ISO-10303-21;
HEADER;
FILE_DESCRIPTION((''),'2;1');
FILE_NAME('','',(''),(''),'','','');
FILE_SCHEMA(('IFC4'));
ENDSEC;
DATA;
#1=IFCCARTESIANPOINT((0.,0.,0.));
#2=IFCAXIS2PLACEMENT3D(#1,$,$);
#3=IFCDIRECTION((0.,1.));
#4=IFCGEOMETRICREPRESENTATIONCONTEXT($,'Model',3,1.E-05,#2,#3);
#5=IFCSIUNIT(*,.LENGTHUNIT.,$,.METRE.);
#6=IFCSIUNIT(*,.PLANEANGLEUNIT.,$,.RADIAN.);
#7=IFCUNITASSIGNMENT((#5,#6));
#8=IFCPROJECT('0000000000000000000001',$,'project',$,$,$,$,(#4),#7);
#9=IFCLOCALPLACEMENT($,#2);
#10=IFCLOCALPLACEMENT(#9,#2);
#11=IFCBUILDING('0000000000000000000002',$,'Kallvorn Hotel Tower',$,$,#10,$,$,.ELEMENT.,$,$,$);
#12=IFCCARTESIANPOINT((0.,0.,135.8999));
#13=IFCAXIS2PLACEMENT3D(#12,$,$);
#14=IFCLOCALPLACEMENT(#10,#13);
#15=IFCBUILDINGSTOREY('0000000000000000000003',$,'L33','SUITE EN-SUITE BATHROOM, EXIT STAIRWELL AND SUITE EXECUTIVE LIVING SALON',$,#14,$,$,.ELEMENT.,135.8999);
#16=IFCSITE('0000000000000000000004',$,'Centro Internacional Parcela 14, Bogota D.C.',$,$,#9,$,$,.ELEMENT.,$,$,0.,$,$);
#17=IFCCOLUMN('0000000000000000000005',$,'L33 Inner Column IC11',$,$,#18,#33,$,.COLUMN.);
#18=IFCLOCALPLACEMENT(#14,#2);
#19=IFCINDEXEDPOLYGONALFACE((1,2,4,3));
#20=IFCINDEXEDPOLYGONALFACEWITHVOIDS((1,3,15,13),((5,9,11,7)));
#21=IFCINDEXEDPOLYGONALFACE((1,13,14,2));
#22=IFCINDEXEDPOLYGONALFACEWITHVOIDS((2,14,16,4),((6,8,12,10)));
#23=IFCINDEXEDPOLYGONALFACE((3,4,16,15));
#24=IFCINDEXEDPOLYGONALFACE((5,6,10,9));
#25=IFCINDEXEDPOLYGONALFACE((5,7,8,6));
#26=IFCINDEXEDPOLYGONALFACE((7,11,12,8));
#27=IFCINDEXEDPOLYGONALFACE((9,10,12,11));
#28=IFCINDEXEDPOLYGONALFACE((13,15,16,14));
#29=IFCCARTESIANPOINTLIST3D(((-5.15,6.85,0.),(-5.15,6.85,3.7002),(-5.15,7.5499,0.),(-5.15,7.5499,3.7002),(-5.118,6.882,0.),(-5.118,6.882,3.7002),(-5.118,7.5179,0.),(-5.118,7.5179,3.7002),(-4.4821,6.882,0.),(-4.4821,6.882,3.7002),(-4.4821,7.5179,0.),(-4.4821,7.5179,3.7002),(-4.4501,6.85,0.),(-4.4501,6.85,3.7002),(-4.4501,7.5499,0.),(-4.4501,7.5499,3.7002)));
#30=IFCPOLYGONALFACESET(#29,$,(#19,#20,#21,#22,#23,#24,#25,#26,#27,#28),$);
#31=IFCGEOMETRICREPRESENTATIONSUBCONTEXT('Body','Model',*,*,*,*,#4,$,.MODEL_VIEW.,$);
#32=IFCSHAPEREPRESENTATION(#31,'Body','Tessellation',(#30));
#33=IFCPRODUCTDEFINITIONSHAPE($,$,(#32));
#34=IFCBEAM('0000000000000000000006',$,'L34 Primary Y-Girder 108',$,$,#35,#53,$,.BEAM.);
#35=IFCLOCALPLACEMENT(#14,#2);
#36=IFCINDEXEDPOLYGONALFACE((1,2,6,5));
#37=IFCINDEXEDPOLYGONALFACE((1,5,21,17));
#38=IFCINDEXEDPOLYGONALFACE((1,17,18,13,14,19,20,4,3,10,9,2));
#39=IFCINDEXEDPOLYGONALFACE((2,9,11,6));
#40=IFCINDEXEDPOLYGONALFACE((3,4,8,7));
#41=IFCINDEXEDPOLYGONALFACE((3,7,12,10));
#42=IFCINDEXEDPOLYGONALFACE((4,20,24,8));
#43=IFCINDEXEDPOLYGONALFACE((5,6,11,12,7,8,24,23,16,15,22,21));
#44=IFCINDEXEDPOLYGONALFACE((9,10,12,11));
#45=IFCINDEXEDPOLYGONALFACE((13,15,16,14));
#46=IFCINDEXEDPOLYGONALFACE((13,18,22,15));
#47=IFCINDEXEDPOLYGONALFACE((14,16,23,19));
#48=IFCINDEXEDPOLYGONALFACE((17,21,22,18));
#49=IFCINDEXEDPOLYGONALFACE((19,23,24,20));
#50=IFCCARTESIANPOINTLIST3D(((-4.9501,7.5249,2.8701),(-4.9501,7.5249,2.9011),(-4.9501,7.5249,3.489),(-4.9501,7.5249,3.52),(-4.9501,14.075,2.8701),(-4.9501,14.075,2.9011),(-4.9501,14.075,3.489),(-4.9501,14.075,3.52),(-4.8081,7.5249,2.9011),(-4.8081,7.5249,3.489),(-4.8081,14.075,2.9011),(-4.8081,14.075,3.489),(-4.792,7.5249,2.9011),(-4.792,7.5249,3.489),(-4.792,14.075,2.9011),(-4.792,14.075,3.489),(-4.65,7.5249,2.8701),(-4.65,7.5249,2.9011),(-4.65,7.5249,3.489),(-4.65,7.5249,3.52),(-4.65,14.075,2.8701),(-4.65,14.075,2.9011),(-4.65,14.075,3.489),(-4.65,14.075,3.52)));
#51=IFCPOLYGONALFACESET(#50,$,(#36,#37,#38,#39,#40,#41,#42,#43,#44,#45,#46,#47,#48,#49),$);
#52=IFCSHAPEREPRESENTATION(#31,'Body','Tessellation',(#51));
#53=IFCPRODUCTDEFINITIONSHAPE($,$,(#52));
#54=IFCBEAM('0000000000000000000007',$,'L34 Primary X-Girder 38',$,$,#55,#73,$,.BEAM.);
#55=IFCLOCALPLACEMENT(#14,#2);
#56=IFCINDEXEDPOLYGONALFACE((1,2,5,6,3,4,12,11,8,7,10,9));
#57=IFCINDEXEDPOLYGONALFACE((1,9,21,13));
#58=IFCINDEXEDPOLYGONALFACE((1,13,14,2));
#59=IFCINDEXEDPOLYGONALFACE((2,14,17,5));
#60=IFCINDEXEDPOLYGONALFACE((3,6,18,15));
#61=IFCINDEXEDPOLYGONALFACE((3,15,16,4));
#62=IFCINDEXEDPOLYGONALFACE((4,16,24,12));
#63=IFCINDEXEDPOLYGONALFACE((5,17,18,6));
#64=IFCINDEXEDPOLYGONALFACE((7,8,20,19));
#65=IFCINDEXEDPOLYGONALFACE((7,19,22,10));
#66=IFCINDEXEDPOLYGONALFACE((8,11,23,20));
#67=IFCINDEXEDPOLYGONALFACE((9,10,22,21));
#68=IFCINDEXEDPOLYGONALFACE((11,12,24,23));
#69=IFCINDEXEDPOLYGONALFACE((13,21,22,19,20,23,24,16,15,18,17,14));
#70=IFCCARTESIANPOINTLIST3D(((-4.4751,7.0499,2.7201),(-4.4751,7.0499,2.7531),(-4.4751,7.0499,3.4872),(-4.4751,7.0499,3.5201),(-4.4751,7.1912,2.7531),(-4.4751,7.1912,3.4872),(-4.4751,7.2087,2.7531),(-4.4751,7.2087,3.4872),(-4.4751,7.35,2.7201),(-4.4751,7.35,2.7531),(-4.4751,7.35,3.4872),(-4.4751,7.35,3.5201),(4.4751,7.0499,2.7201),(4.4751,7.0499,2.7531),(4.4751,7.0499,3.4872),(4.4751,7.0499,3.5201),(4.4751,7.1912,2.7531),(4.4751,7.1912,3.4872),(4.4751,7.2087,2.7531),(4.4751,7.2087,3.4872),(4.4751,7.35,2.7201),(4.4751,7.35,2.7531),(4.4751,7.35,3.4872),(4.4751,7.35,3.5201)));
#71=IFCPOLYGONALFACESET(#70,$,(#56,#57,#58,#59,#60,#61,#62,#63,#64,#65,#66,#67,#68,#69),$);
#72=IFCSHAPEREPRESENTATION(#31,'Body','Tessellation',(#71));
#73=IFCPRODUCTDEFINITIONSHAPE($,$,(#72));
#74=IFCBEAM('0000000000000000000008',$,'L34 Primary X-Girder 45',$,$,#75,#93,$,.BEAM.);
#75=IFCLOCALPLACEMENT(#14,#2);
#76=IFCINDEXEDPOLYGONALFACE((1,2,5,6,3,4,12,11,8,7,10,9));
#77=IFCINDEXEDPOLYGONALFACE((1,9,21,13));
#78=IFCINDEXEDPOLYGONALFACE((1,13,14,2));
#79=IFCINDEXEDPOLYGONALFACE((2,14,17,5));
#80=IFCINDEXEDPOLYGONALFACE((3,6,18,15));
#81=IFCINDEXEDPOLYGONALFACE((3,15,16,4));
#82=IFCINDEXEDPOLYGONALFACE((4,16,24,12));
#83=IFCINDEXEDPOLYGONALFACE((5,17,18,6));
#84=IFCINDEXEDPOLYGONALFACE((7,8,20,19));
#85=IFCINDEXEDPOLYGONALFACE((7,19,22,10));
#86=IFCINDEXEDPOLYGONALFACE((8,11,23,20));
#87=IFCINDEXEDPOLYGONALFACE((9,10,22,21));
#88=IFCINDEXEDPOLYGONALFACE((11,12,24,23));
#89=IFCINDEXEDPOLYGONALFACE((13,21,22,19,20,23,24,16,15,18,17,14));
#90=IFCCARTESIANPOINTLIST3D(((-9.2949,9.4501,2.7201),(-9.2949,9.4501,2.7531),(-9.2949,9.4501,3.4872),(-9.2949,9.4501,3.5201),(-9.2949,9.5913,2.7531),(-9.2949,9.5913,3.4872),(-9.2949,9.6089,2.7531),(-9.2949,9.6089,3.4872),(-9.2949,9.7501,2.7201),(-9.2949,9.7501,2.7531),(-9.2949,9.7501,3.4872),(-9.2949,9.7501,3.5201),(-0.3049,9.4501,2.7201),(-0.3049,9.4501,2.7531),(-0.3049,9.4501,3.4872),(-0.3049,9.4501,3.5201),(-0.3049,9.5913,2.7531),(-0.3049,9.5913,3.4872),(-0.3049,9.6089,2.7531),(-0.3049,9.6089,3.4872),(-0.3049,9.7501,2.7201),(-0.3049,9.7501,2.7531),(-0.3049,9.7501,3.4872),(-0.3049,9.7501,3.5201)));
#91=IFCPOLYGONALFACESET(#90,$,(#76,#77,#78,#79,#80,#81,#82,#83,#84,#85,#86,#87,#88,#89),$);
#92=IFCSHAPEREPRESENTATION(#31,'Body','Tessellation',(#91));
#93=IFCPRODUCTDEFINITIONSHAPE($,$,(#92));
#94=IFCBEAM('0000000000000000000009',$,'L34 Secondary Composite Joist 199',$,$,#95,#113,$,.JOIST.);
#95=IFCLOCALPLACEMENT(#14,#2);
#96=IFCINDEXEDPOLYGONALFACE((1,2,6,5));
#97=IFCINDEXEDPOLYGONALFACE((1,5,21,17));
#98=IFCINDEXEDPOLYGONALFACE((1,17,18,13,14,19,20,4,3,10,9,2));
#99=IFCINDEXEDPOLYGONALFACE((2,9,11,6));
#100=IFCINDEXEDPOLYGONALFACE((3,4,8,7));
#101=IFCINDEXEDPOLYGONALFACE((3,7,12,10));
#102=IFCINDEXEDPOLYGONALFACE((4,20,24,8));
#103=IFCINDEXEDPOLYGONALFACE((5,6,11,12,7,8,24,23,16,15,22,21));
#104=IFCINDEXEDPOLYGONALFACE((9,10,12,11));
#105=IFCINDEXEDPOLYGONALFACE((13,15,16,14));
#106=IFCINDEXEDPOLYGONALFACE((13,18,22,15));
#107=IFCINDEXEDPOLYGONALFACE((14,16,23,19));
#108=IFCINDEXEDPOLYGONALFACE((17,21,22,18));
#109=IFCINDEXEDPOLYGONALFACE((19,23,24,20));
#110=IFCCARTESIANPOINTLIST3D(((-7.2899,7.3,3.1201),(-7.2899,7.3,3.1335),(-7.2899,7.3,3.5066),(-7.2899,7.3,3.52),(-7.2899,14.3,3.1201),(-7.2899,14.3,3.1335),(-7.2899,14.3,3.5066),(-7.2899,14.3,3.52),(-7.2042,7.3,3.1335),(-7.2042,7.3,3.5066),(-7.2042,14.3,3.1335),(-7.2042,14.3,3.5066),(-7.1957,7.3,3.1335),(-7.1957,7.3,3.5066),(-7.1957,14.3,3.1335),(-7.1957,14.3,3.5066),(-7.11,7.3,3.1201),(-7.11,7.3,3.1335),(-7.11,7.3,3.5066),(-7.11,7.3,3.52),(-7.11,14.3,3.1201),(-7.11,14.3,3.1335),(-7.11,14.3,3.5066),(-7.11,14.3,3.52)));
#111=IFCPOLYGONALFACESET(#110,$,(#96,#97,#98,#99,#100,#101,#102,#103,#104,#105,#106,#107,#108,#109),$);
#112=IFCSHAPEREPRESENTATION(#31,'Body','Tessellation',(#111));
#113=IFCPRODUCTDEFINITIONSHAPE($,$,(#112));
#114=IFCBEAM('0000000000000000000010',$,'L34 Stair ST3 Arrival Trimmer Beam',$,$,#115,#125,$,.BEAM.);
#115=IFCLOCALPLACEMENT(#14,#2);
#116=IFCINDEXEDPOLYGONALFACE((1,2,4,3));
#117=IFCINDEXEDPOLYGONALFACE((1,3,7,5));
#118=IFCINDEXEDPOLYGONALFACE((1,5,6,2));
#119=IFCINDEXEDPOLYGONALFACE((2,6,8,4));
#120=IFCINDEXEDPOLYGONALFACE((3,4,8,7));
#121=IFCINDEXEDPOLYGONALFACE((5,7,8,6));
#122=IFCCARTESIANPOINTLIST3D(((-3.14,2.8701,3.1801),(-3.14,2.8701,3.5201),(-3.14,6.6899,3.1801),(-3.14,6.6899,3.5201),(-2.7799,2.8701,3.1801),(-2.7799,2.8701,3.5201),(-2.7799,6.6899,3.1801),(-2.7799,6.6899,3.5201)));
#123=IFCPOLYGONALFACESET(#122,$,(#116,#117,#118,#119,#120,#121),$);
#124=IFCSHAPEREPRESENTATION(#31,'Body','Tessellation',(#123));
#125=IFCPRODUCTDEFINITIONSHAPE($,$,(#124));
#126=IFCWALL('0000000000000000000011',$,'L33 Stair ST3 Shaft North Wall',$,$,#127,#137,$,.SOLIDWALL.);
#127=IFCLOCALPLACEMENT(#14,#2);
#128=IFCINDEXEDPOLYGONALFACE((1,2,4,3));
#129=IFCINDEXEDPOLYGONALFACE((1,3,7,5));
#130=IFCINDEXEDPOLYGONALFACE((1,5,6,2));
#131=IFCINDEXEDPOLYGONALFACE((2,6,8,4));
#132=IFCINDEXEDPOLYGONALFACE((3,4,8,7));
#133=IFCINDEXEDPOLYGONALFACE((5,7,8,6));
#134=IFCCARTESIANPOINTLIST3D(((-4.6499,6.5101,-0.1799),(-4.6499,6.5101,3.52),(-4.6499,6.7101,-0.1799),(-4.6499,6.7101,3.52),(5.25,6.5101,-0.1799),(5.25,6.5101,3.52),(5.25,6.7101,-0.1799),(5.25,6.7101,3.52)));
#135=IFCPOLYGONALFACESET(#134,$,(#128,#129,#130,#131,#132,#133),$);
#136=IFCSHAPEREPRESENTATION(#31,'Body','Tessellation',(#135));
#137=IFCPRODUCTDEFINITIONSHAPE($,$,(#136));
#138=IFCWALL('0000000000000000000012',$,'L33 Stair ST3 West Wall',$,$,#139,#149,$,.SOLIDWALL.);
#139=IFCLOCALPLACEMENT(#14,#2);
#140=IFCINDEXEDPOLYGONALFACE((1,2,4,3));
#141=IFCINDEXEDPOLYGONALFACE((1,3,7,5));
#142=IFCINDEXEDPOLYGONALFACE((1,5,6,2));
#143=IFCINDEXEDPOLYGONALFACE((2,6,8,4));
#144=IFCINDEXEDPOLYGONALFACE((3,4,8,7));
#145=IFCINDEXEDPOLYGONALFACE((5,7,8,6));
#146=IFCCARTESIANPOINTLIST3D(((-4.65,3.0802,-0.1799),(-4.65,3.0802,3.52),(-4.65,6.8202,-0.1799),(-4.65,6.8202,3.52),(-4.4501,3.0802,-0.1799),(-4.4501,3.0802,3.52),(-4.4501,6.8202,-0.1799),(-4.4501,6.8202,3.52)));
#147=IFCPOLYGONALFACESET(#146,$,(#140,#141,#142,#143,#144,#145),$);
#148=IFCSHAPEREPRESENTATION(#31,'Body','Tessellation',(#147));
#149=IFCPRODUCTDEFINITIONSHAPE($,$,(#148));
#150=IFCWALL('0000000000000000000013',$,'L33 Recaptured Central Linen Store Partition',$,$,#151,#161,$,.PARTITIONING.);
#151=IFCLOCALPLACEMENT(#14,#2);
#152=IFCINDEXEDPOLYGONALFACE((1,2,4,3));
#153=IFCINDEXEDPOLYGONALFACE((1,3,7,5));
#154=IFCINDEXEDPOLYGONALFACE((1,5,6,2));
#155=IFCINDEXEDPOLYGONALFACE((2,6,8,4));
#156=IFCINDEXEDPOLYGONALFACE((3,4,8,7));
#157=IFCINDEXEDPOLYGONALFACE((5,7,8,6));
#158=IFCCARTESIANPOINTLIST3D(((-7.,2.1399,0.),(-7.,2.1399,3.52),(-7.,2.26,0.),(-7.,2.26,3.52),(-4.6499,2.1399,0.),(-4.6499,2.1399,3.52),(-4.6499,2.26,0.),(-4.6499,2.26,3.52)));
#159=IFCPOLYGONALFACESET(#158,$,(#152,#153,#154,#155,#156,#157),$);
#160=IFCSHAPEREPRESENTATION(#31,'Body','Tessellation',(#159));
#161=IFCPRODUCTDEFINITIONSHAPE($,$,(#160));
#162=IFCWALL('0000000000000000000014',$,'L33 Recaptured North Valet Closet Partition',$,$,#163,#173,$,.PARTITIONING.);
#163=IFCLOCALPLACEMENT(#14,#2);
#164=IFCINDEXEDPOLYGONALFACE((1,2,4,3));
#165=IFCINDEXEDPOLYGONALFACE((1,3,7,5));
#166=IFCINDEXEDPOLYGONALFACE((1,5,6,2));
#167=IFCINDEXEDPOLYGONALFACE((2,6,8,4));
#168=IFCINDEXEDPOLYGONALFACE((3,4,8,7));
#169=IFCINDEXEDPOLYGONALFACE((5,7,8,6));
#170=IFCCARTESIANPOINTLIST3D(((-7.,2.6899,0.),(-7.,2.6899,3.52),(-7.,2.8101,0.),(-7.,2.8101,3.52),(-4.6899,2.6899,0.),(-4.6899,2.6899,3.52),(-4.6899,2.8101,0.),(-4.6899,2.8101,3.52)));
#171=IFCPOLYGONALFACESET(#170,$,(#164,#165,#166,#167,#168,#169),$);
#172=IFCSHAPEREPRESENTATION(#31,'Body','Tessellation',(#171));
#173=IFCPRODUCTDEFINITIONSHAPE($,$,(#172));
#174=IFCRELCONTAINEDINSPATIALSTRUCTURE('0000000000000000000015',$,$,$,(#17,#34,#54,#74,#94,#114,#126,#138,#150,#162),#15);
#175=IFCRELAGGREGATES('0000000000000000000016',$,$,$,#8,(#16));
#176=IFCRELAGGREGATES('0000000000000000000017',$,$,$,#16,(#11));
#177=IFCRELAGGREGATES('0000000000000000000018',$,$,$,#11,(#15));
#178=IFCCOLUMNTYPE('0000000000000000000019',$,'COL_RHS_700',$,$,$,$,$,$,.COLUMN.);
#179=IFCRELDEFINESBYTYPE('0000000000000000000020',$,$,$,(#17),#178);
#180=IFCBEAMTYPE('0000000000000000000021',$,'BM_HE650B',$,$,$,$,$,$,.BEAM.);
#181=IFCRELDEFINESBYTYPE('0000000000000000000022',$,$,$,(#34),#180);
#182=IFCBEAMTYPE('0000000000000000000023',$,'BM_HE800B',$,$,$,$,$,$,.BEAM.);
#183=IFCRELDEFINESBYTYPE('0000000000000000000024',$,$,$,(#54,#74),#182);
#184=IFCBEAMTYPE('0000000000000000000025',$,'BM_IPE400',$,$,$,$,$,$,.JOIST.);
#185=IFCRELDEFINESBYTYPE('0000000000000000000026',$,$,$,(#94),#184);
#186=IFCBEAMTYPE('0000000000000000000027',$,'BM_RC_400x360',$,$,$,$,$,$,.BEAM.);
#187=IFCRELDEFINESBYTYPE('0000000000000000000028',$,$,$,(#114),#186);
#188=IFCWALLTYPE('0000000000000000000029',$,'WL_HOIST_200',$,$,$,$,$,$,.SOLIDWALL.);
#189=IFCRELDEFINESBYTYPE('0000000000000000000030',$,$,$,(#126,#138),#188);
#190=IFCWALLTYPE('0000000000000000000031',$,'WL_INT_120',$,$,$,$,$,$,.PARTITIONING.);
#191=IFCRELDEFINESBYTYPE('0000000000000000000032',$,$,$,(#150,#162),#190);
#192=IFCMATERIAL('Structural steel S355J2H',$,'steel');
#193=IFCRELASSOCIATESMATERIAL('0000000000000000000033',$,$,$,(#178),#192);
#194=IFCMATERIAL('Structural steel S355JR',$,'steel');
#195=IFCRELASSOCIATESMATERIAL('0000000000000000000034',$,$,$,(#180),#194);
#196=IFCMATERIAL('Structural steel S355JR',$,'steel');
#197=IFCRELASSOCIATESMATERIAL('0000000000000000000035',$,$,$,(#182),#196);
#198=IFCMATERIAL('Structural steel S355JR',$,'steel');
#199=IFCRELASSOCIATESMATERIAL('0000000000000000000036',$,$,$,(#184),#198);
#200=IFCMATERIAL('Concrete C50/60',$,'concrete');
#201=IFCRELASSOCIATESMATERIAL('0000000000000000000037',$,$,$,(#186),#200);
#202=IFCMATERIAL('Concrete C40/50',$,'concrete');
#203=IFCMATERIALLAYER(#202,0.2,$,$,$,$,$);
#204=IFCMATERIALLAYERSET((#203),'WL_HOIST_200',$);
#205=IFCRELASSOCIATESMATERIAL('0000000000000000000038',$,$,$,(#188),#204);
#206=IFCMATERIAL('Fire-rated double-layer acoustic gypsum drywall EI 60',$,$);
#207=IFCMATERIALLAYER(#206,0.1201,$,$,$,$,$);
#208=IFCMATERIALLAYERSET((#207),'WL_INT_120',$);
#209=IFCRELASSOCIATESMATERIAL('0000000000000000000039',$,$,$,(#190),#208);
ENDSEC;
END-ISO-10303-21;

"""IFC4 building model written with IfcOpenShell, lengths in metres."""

from ifc_helpers import new_model, si_unit, direction, frame, frame_2d, origin, origin_2d, place, context, subcontext, project, spatial, rectangle, hollow_rectangle, i_section, extrude, material, layer, layer_set, material_profile, profile_set, type_object, element, save


model = new_model("IFC4")

# Units and contexts
model_context = context("Model", 3, precision=1e-05, world=origin(), true_north=direction((0.0, 1.0)))
body_context = subcontext(model_context, "Body", "Model", "MODEL_VIEW")
ifc_project = project(units=[si_unit("LENGTHUNIT", "METRE"), si_unit("PLANEANGLEUNIT", "RADIAN")], contexts=[model_context])

# Site, building, storey
site_placement = place(None, origin())
site = spatial("IfcSite", under=ifc_project, at=site_placement, Name="Centro Internacional Parcela 14, Bogota D.C.", CompositionType="ELEMENT", RefElevation=0.0)
building_placement = place(site_placement, origin())
building = spatial("IfcBuilding", under=site, at=building_placement, Name="Kallvorn Hotel Tower", CompositionType="ELEMENT")
storey_placement = place(building_placement, frame((0.0, 0.0, 135.8999)))
storey = spatial("IfcBuildingStorey", under=building, at=storey_placement, Name="L33", Description="SUITE EN-SUITE BATHROOM, EXIT STAIRWELL AND SUITE EXECUTIVE LIVING SALON", CompositionType="ELEMENT", Elevation=135.8999)

# Column
ifc_material_1 = material(Name="Structural steel S355J2H", Category="steel")
ifc_material_profile_1 = material_profile(ifc_material_1, hollow_rectangle(XDim=0.7, YDim=0.7, WallThickness=0.032, at=origin_2d()), Name="RHS 700x700x32")
ifc_profile_set_1 = profile_set([ifc_material_profile_1], Name="Structural steel S355J2H")
column_type = type_object("IfcColumnType", Name="COL_RHS_700", PredefinedType="COLUMN", material=ifc_profile_set_1)
column_placement = place(storey_placement, frame((-4.8, 7.2, 0.0), z_axis=(0.0, 0.0, 1.0), x_axis=(1.0, 0.0, 0.0)))
element("IfcColumn", 1, at=column_placement, inside=storey, type_object=column_type, Name="L33 Inner Column IC11", PredefinedType="COLUMN", context=body_context, shape_type="SweptSolid", body=[
    extrude(hollow_rectangle(XDim=0.7, YDim=0.7, WallThickness=0.032, at=origin_2d()), origin(), (0.0, 0.0, 1.0), 3.7002),
])

# Beams
ifc_material_2 = material(Name="Structural steel S355JR", Category="steel")
ifc_material_profile_2 = material_profile(ifc_material_2, i_section(OverallWidth=0.3, OverallDepth=0.6499, WebThickness=0.0161, FlangeThickness=0.031, at=origin_2d()), Name="HE 650 B")
ifc_profile_set_2 = profile_set([ifc_material_profile_2], Name="Structural steel S355JR")
beam_type_1 = type_object("IfcBeamType", Name="BM_HE650B", PredefinedType="BEAM", material=ifc_profile_set_2)
beam_1_placement = place(storey_placement, frame((-4.8, 7.5249, 3.1951), z_axis=(0.0, 1.0, 0.0), x_axis=(-1.0, 0.0, 0.0)))
element("IfcBeam", 2, at=beam_1_placement, inside=storey, type_object=beam_type_1, Name="L34 Primary Y-Girder 108", PredefinedType="BEAM", context=body_context, shape_type="SweptSolid", body=[
    extrude(i_section(OverallWidth=0.3, OverallDepth=0.6499, WebThickness=0.0161, FlangeThickness=0.031, at=origin_2d()), origin(), (0.0, 0.0, 1.0), 6.55),
])
ifc_material_3 = material(Name="Structural steel S355JR", Category="steel")
ifc_material_profile_3 = material_profile(ifc_material_3, i_section(OverallWidth=0.3, OverallDepth=0.8, WebThickness=0.0176, FlangeThickness=0.033, at=origin_2d()), Name="HE 800 B")
ifc_profile_set_3 = profile_set([ifc_material_profile_3], Name="Structural steel S355JR")
beam_type_2 = type_object("IfcBeamType", Name="BM_HE800B", PredefinedType="BEAM", material=ifc_profile_set_3)
beam_2_placement = place(storey_placement, frame((-4.4751, 7.2, 3.1201), z_axis=(1.0, 0.0, 0.0), x_axis=(0.0, 1.0, 0.0)))
element("IfcBeam", 3, at=beam_2_placement, inside=storey, type_object=beam_type_2, Name="L34 Primary X-Girder 38", PredefinedType="BEAM", context=body_context, shape_type="SweptSolid", body=[
    extrude(i_section(OverallWidth=0.3, OverallDepth=0.8, WebThickness=0.0176, FlangeThickness=0.033, at=origin_2d()), origin(), (0.0, 0.0, 1.0), 8.9502),
])
beam_3_placement = place(storey_placement, frame((-9.2949, 9.6001, 3.1201), z_axis=(1.0, 0.0, 0.0), x_axis=(0.0, 1.0, 0.0)))
element("IfcBeam", 4, at=beam_3_placement, inside=storey, type_object=beam_type_2, Name="L34 Primary X-Girder 45", PredefinedType="BEAM", context=body_context, shape_type="SweptSolid", body=[
    extrude(i_section(OverallWidth=0.3, OverallDepth=0.8, WebThickness=0.0176, FlangeThickness=0.033, at=origin_2d()), origin(), (0.0, 0.0, 1.0), 8.99),
])
ifc_material_4 = material(Name="Structural steel S355JR", Category="steel")
ifc_material_profile_4 = material_profile(ifc_material_4, i_section(OverallWidth=0.1799, OverallDepth=0.3999, WebThickness=0.0085, FlangeThickness=0.0134, at=origin_2d()), Name="IPE 400")
ifc_profile_set_4 = profile_set([ifc_material_profile_4], Name="Structural steel S355JR")
beam_type_3 = type_object("IfcBeamType", Name="BM_IPE400", PredefinedType="JOIST", material=ifc_profile_set_4)
beam_4_placement = place(storey_placement, frame((-7.2, 7.3, 3.3201), z_axis=(0.0, 1.0, 0.0), x_axis=(-1.0, 0.0, 0.0)))
element("IfcBeam", 5, at=beam_4_placement, inside=storey, type_object=beam_type_3, Name="L34 Secondary Composite Joist 199", PredefinedType="JOIST", context=body_context, shape_type="SweptSolid", body=[
    extrude(i_section(OverallWidth=0.1799, OverallDepth=0.3999, WebThickness=0.0085, FlangeThickness=0.0134, at=origin_2d()), origin(), (0.0, 0.0, 1.0), 7.0),
])
ifc_material_5 = material(Name="Concrete C50/60", Category="concrete")
ifc_material_profile_5 = material_profile(ifc_material_5, rectangle(XDim=0.3601, YDim=0.3401, at=origin_2d()), Name="RC 360x340")
ifc_profile_set_5 = profile_set([ifc_material_profile_5], Name="Concrete C50/60")
beam_type_4 = type_object("IfcBeamType", Name="BM_RC_400x360", PredefinedType="BEAM", material=ifc_profile_set_5)
beam_5_placement = place(storey_placement, frame((-2.96, 2.8701, 3.3501), z_axis=(0.0, 1.0, 0.0), x_axis=(-1.0, 0.0, 0.0)))
element("IfcBeam", 6, at=beam_5_placement, inside=storey, type_object=beam_type_4, Name="L34 Stair ST3 Arrival Trimmer Beam", PredefinedType="BEAM", context=body_context, shape_type="SweptSolid", body=[
    extrude(rectangle(XDim=0.3601, YDim=0.3401, at=origin_2d()), origin(), (0.0, 0.0, 1.0), 3.8198),
])

# Walls
ifc_material_6 = material(Name="Concrete C40/50", Category="concrete")
ifc_layer_1 = layer(ifc_material_6, 0.2)
ifc_layer_set_1 = layer_set([ifc_layer_1], Name="WL_HOIST_200")
wall_type_1 = type_object("IfcWallType", Name="WL_HOIST_200", PredefinedType="SOLIDWALL", material=ifc_layer_set_1)
wall_1_placement = place(storey_placement, frame((-4.6499, 6.6101, -0.1799), z_axis=(0.0, 0.0, 1.0), x_axis=(1.0, 0.0, 0.0)))
element("IfcWall", 7, at=wall_1_placement, inside=storey, type_object=wall_type_1, Name="L33 Stair ST3 Shaft North Wall", PredefinedType="SOLIDWALL", context=body_context, shape_type="SweptSolid", body=[
    extrude(rectangle(XDim=9.8999, YDim=0.2, at=frame_2d((4.95, 0.0))), origin(), (0.0, 0.0, 1.0), 3.7),
])
wall_2_placement = place(storey_placement, frame((-4.55, 3.0801, -0.1799), z_axis=(0.0, 0.0, 1.0), x_axis=(0.0, 1.0, 0.0)))
element("IfcWall", 8, at=wall_2_placement, inside=storey, type_object=wall_type_1, Name="L33 Stair ST3 West Wall", PredefinedType="SOLIDWALL", context=body_context, shape_type="SweptSolid", body=[
    extrude(rectangle(XDim=3.74, YDim=0.2, at=frame_2d((1.8701, 0.0))), origin(), (0.0, 0.0, 1.0), 3.7),
])
ifc_material_7 = material(Name="Fire-rated double-layer acoustic gypsum drywall EI 60")
ifc_layer_2 = layer(ifc_material_7, 0.1201)
ifc_layer_set_2 = layer_set([ifc_layer_2], Name="WL_INT_120")
wall_type_2 = type_object("IfcWallType", Name="WL_INT_120", PredefinedType="PARTITIONING", material=ifc_layer_set_2)
wall_3_placement = place(storey_placement, frame((-7.0, 2.2, 0.0), z_axis=(0.0, 0.0, 1.0), x_axis=(1.0, 0.0, 0.0)))
element("IfcWall", 9, at=wall_3_placement, inside=storey, type_object=wall_type_2, Name="L33 Recaptured Central Linen Store Partition", PredefinedType="PARTITIONING", context=body_context, shape_type="SweptSolid", body=[
    extrude(rectangle(XDim=2.3501, YDim=0.1201, at=frame_2d((1.175, 0.0))), origin(), (0.0, 0.0, 1.0), 3.52),
])
wall_4_placement = place(storey_placement, frame((-7.0, 2.75, 0.0), z_axis=(0.0, 0.0, 1.0), x_axis=(1.0, 0.0, 0.0)))
element("IfcWall", 10, at=wall_4_placement, inside=storey, type_object=wall_type_2, Name="L33 Recaptured North Valet Closet Partition", PredefinedType="PARTITIONING", context=body_context, shape_type="SweptSolid", body=[
    extrude(rectangle(XDim=2.3101, YDim=0.1201, at=frame_2d((1.155, 0.0))), origin(), (0.0, 0.0, 1.0), 3.52),
])

save(model, "model.ifc")
